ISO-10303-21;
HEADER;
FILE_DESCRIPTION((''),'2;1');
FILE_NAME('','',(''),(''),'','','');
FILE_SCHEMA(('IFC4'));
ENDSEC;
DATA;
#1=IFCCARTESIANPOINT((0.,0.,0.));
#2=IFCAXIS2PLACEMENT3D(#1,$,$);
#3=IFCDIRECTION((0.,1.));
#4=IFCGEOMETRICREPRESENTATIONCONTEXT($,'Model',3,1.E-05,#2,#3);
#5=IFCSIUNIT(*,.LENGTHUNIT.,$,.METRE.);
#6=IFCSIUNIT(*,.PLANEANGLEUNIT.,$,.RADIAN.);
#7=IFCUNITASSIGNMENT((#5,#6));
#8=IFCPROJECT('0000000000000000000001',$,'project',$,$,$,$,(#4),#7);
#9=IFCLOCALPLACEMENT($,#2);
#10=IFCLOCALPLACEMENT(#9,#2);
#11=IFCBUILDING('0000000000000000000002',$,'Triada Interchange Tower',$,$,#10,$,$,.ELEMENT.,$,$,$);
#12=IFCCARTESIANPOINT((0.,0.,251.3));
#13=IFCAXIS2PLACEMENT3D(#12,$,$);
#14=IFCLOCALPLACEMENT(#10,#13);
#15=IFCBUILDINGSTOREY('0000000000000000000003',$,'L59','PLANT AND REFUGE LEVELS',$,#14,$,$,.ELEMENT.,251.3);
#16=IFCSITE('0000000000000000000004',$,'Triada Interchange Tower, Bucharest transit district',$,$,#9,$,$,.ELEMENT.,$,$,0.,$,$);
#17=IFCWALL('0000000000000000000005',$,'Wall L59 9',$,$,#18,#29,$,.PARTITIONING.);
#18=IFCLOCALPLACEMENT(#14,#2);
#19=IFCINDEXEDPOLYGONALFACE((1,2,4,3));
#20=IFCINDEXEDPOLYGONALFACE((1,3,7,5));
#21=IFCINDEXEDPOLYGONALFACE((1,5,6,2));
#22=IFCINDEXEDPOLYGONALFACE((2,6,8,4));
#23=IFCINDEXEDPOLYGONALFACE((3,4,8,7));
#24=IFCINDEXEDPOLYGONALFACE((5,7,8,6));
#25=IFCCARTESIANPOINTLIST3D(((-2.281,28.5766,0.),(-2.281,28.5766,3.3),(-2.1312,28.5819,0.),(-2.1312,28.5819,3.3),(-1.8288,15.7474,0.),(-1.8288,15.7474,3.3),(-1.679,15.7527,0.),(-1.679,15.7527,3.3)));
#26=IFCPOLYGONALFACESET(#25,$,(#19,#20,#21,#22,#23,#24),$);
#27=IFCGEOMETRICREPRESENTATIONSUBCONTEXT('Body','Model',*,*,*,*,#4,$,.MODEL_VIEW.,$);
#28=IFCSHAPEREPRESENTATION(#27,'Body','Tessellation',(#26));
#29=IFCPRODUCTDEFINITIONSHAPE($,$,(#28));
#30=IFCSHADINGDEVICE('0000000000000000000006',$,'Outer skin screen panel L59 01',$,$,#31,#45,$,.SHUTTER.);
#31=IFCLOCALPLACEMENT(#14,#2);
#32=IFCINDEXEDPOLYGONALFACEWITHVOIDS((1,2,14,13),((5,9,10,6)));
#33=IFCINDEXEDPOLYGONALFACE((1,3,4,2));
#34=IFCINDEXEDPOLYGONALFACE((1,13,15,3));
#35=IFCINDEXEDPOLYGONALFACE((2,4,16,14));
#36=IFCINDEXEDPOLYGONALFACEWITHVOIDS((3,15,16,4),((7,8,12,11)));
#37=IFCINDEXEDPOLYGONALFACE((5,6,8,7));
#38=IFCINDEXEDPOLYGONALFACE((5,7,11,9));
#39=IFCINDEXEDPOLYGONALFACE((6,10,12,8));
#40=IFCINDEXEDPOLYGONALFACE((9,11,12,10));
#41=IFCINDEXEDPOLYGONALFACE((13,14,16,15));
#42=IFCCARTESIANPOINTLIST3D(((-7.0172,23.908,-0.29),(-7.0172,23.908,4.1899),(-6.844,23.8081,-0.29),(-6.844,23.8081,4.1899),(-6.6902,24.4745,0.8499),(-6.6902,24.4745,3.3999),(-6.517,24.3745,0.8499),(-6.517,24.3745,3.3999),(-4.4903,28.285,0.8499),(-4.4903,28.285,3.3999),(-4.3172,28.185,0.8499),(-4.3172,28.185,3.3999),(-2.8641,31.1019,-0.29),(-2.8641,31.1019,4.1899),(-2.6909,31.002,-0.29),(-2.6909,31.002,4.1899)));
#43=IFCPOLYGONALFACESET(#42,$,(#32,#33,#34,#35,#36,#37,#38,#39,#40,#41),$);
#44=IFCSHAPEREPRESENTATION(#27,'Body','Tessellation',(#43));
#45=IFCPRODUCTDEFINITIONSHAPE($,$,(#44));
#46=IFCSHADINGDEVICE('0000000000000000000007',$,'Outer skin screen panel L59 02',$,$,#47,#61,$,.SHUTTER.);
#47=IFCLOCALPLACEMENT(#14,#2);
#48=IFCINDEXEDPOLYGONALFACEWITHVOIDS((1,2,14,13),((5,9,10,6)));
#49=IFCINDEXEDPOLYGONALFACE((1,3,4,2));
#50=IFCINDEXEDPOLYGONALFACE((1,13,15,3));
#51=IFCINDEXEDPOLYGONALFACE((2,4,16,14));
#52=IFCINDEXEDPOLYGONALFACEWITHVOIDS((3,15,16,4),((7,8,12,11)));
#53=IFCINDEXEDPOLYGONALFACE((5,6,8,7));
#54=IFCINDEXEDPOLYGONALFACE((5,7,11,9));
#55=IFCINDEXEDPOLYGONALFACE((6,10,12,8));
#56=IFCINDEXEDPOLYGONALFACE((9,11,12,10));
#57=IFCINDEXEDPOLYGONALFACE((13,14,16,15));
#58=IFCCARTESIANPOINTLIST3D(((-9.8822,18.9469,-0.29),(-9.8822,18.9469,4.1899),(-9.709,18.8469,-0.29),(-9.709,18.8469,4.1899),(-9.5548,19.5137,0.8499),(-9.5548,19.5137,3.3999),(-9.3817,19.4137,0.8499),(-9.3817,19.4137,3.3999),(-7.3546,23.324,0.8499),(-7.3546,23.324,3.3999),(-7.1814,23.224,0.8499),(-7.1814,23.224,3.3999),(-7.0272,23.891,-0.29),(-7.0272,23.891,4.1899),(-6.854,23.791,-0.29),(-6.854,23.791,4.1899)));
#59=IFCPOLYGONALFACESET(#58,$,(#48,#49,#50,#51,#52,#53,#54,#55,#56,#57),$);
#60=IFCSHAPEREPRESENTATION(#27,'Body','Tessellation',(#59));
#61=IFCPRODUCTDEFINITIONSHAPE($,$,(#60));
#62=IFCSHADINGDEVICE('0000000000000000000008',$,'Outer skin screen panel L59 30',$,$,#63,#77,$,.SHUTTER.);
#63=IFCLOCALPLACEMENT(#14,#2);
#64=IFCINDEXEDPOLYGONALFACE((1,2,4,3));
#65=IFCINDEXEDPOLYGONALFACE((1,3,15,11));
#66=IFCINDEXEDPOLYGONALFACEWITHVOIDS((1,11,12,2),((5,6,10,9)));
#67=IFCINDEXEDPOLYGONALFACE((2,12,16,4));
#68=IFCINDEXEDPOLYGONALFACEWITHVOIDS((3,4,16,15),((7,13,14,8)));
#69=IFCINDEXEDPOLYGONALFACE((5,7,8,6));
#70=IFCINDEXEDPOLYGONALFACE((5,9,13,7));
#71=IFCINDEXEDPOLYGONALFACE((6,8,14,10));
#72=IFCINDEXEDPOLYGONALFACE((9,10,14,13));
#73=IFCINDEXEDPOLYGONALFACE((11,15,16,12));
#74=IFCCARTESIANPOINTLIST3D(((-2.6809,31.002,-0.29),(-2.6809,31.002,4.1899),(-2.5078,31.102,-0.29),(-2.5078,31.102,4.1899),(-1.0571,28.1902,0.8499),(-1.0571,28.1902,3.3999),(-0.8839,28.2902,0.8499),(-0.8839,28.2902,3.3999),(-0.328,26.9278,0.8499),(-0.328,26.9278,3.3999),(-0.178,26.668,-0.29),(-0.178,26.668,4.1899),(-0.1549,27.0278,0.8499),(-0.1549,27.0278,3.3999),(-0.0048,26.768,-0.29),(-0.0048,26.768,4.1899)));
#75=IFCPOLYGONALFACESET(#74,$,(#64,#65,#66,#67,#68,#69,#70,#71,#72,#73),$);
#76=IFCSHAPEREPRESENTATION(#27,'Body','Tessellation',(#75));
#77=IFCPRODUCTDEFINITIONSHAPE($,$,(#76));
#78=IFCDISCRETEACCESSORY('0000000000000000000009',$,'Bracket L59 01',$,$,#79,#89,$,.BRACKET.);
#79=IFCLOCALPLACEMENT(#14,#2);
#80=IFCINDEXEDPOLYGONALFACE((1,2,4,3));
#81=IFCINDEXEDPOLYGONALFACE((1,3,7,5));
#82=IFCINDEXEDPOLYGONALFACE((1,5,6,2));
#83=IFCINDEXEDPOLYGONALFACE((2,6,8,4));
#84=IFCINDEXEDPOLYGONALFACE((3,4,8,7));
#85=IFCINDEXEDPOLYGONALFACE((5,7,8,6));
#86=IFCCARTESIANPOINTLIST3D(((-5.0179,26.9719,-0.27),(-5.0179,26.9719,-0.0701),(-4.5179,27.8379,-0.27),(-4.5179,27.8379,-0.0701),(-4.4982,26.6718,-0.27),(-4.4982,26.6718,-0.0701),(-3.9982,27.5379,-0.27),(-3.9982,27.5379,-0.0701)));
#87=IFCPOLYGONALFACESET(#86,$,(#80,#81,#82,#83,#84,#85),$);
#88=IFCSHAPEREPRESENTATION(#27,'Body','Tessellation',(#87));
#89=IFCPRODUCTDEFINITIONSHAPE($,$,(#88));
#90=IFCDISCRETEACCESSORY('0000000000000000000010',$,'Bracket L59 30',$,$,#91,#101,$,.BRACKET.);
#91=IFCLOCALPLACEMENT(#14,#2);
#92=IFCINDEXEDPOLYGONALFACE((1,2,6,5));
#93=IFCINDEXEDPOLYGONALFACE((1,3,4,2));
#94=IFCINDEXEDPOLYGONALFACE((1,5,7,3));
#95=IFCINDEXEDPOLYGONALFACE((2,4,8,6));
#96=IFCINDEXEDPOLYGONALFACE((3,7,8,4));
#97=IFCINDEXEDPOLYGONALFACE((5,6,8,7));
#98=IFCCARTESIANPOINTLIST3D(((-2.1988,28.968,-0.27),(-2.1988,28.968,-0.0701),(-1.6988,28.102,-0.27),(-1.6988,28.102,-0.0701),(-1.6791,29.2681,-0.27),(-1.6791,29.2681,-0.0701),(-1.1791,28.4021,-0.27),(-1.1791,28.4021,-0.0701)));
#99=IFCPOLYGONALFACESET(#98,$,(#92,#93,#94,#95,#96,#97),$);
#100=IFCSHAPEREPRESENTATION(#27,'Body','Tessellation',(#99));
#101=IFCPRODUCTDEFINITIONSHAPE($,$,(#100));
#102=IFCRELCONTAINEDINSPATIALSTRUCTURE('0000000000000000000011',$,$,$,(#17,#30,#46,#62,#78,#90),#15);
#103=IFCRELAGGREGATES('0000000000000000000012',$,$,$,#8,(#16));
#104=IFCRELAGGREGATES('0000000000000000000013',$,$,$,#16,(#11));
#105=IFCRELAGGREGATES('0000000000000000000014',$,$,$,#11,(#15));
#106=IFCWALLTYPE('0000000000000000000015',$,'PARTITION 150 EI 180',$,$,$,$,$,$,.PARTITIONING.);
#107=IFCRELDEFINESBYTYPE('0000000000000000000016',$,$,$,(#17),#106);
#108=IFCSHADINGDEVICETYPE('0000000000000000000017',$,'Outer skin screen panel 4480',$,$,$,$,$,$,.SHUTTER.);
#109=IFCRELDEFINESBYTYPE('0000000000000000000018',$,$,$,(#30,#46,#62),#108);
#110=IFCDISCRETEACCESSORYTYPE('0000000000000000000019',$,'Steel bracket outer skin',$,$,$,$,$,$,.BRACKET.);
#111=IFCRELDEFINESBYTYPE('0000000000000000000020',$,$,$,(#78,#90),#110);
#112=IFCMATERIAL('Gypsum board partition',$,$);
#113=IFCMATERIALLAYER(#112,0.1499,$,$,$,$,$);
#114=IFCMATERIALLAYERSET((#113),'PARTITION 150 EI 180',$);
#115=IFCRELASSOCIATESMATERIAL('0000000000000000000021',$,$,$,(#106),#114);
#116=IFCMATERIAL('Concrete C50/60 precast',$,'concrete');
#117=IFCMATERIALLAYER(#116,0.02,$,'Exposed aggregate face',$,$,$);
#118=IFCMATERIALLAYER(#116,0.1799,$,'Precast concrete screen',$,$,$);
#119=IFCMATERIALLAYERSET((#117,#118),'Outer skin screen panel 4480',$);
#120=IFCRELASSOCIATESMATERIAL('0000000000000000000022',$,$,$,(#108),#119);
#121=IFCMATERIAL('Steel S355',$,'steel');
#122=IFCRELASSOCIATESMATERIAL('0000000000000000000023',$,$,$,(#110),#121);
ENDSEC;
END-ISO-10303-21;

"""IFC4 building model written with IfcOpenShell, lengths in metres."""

from ifc_helpers import new_model, si_unit, direction, frame, frame_2d, origin, origin_2d, place, context, subcontext, project, spatial, polyline, rectangle, outline, extrude, material, layer, layer_set, type_object, element, save


model = new_model("IFC4")

# Units and contexts
model_context = context("Model", 3, precision=1e-05, world=origin(), true_north=direction((0.0, 1.0)))
body_context = subcontext(model_context, "Body", "Model", "MODEL_VIEW")
ifc_project = project(units=[si_unit("LENGTHUNIT", "METRE"), si_unit("PLANEANGLEUNIT", "RADIAN")], contexts=[model_context])

# Site, building, storey
site_placement = place(None, origin())
site = spatial("IfcSite", under=ifc_project, at=site_placement, Name="Triada Interchange Tower, Bucharest transit district", CompositionType="ELEMENT", RefElevation=0.0)
building_placement = place(site_placement, origin())
building = spatial("IfcBuilding", under=site, at=building_placement, Name="Triada Interchange Tower", CompositionType="ELEMENT")
storey_placement = place(building_placement, frame((0.0, 0.0, 251.3)))
storey = spatial("IfcBuildingStorey", under=building, at=storey_placement, Name="L59", Description="PLANT AND REFUGE LEVELS", CompositionType="ELEMENT", Elevation=251.3)

# Shared definitions
ifc_material_1 = material(Name="Steel S355", Category="steel")

# Wall
ifc_material_2 = material(Name="Gypsum board partition")
ifc_layer_1 = layer(ifc_material_2, 0.1499)
ifc_layer_set_1 = layer_set([ifc_layer_1], Name="PARTITION 150 EI 180")
wall_type_1 = type_object("IfcWallType", Name="PARTITION 150 EI 180", PredefinedType="PARTITIONING", material=ifc_layer_set_1)
wall_1_placement = place(storey_placement, frame((-2.2061, 28.5791, 0.0), z_axis=(0.0, 0.0, 1.0), x_axis=(0.035222, -0.99938, 0.0)))
element("IfcWall", 1, at=wall_1_placement, inside=storey, type_object=wall_type_1, Name="Wall L59 9", PredefinedType="PARTITIONING", context=body_context, shape_type="SweptSolid", body=[
    extrude(rectangle(XDim=12.8372, YDim=0.1499, at=frame_2d((6.4185, 0.0))), origin(), (0.0, 0.0, 1.0), 3.3),
])

# Shading devices
ifc_material_3 = material(Name="Concrete C50/60 precast", Category="concrete")
ifc_layer_2 = layer(ifc_material_3, 0.02, Name="Exposed aggregate face")
ifc_layer_3 = layer(ifc_material_3, 0.1799, Name="Precast concrete screen")
ifc_layer_set_2 = layer_set([ifc_layer_2, ifc_layer_3], Name="Outer skin screen panel 4480")
shading_device_type = type_object("IfcShadingDeviceType", Name="Outer skin screen panel 4480", PredefinedType="SHUTTER", material=ifc_layer_set_2)
shading_device_1_placement = place(storey_placement, frame((-2.6909, 31.002, -0.29), z_axis=(0.0, 0.0, 1.0), x_axis=(-0.499973, -0.866041, 0.0)))
element("IfcShadingDevice", 2, at=shading_device_1_placement, inside=storey, type_object=shading_device_type, Name="Outer skin screen panel L59 01", PredefinedType="SHUTTER", context=body_context, shape_type="SweptSolid", body=[
    extrude(outline(polyline([(0.0, 0.0), (8.3066, 0.0), (8.3066, 4.48), (0.0, 4.48), (0.0, 0.0)]), holes=[polyline([(3.2527, 1.1399), (3.2527, 3.6899), (7.6526, 3.6899), (7.6526, 1.1399), (3.2527, 1.1399)])]), frame((0.0, 0.0, 0.0), z_axis=(0.0, -1.0, 0.0), x_axis=(1.0, 0.0, 0.0)), (0.0, 0.0, 1.0), 0.2),
])
shading_device_2_placement = place(storey_placement, frame((-6.854, 23.791, -0.29), z_axis=(0.0, 0.0, 1.0), x_axis=(-0.500067, -0.865987, 0.0)))
element("IfcShadingDevice", 3, at=shading_device_2_placement, inside=storey, type_object=shading_device_type, Name="Outer skin screen panel L59 02", PredefinedType="SHUTTER", context=body_context, shape_type="SweptSolid", body=[
    extrude(outline(polyline([(0.0, 0.0), (5.7092, 0.0), (5.7092, 4.48), (0.0, 4.48), (0.0, 0.0)]), holes=[polyline([(0.6548, 1.1399), (0.6548, 3.6899), (5.0547, 3.6899), (5.0547, 1.1399), (0.6548, 1.1399)])]), frame((0.0, 0.0, 0.0), z_axis=(0.0, -1.0, 0.0), x_axis=(1.0, 0.0, 0.0)), (0.0, 0.0, 1.0), 0.2),
])
shading_device_3_placement = place(storey_placement, frame((-0.178, 26.668, -0.29), z_axis=(0.0, 0.0, 1.0), x_axis=(-0.500105, 0.865965, 0.0)))
element("IfcShadingDevice", 4, at=shading_device_3_placement, inside=storey, type_object=shading_device_type, Name="Outer skin screen panel L59 30", PredefinedType="SHUTTER", context=body_context, shape_type="SweptSolid", body=[
    extrude(outline(polyline([(0.0, 0.0), (5.0049, 0.0), (5.0049, 4.48), (0.0, 4.48), (0.0, 0.0)]), holes=[polyline([(0.3, 1.1399), (0.3, 3.6899), (1.7578, 3.6899), (1.7578, 1.1399), (0.3, 1.1399)])]), frame((0.0, 0.0, 0.0), z_axis=(0.0, -1.0, 0.0), x_axis=(1.0, 0.0, 0.0)), (0.0, 0.0, 1.0), 0.2),
])

# Discrete accessories
discrete_accessory_type = type_object("IfcDiscreteAccessoryType", Name="Steel bracket outer skin", PredefinedType="BRACKET", material=ifc_material_1)
for number, where, z_axis, x_axis, name in (
    (5, (-4.5081, 27.2549, -0.27), (0.0, 0.0, 1.0), (-0.866024, 0.500002, 0.0), "Bracket L59 01"),
    (6, (-1.689, 28.6851, -0.27), (0.0, 0.0, 1.0), (0.866012, 0.500023, 0.0), "Bracket L59 30"),
):
    element("IfcDiscreteAccessory", number, at=place(storey_placement, frame(where, z_axis=z_axis, x_axis=x_axis)), inside=storey, type_object=discrete_accessory_type, Name=name, PredefinedType="BRACKET", context=body_context, shape_type="SweptSolid", body=[
        extrude(rectangle(XDim=0.6001, YDim=1.0, at=origin_2d()), origin(), (0.0, 0.0, 1.0), 0.2),
    ])

save(model, "model.ifc")
